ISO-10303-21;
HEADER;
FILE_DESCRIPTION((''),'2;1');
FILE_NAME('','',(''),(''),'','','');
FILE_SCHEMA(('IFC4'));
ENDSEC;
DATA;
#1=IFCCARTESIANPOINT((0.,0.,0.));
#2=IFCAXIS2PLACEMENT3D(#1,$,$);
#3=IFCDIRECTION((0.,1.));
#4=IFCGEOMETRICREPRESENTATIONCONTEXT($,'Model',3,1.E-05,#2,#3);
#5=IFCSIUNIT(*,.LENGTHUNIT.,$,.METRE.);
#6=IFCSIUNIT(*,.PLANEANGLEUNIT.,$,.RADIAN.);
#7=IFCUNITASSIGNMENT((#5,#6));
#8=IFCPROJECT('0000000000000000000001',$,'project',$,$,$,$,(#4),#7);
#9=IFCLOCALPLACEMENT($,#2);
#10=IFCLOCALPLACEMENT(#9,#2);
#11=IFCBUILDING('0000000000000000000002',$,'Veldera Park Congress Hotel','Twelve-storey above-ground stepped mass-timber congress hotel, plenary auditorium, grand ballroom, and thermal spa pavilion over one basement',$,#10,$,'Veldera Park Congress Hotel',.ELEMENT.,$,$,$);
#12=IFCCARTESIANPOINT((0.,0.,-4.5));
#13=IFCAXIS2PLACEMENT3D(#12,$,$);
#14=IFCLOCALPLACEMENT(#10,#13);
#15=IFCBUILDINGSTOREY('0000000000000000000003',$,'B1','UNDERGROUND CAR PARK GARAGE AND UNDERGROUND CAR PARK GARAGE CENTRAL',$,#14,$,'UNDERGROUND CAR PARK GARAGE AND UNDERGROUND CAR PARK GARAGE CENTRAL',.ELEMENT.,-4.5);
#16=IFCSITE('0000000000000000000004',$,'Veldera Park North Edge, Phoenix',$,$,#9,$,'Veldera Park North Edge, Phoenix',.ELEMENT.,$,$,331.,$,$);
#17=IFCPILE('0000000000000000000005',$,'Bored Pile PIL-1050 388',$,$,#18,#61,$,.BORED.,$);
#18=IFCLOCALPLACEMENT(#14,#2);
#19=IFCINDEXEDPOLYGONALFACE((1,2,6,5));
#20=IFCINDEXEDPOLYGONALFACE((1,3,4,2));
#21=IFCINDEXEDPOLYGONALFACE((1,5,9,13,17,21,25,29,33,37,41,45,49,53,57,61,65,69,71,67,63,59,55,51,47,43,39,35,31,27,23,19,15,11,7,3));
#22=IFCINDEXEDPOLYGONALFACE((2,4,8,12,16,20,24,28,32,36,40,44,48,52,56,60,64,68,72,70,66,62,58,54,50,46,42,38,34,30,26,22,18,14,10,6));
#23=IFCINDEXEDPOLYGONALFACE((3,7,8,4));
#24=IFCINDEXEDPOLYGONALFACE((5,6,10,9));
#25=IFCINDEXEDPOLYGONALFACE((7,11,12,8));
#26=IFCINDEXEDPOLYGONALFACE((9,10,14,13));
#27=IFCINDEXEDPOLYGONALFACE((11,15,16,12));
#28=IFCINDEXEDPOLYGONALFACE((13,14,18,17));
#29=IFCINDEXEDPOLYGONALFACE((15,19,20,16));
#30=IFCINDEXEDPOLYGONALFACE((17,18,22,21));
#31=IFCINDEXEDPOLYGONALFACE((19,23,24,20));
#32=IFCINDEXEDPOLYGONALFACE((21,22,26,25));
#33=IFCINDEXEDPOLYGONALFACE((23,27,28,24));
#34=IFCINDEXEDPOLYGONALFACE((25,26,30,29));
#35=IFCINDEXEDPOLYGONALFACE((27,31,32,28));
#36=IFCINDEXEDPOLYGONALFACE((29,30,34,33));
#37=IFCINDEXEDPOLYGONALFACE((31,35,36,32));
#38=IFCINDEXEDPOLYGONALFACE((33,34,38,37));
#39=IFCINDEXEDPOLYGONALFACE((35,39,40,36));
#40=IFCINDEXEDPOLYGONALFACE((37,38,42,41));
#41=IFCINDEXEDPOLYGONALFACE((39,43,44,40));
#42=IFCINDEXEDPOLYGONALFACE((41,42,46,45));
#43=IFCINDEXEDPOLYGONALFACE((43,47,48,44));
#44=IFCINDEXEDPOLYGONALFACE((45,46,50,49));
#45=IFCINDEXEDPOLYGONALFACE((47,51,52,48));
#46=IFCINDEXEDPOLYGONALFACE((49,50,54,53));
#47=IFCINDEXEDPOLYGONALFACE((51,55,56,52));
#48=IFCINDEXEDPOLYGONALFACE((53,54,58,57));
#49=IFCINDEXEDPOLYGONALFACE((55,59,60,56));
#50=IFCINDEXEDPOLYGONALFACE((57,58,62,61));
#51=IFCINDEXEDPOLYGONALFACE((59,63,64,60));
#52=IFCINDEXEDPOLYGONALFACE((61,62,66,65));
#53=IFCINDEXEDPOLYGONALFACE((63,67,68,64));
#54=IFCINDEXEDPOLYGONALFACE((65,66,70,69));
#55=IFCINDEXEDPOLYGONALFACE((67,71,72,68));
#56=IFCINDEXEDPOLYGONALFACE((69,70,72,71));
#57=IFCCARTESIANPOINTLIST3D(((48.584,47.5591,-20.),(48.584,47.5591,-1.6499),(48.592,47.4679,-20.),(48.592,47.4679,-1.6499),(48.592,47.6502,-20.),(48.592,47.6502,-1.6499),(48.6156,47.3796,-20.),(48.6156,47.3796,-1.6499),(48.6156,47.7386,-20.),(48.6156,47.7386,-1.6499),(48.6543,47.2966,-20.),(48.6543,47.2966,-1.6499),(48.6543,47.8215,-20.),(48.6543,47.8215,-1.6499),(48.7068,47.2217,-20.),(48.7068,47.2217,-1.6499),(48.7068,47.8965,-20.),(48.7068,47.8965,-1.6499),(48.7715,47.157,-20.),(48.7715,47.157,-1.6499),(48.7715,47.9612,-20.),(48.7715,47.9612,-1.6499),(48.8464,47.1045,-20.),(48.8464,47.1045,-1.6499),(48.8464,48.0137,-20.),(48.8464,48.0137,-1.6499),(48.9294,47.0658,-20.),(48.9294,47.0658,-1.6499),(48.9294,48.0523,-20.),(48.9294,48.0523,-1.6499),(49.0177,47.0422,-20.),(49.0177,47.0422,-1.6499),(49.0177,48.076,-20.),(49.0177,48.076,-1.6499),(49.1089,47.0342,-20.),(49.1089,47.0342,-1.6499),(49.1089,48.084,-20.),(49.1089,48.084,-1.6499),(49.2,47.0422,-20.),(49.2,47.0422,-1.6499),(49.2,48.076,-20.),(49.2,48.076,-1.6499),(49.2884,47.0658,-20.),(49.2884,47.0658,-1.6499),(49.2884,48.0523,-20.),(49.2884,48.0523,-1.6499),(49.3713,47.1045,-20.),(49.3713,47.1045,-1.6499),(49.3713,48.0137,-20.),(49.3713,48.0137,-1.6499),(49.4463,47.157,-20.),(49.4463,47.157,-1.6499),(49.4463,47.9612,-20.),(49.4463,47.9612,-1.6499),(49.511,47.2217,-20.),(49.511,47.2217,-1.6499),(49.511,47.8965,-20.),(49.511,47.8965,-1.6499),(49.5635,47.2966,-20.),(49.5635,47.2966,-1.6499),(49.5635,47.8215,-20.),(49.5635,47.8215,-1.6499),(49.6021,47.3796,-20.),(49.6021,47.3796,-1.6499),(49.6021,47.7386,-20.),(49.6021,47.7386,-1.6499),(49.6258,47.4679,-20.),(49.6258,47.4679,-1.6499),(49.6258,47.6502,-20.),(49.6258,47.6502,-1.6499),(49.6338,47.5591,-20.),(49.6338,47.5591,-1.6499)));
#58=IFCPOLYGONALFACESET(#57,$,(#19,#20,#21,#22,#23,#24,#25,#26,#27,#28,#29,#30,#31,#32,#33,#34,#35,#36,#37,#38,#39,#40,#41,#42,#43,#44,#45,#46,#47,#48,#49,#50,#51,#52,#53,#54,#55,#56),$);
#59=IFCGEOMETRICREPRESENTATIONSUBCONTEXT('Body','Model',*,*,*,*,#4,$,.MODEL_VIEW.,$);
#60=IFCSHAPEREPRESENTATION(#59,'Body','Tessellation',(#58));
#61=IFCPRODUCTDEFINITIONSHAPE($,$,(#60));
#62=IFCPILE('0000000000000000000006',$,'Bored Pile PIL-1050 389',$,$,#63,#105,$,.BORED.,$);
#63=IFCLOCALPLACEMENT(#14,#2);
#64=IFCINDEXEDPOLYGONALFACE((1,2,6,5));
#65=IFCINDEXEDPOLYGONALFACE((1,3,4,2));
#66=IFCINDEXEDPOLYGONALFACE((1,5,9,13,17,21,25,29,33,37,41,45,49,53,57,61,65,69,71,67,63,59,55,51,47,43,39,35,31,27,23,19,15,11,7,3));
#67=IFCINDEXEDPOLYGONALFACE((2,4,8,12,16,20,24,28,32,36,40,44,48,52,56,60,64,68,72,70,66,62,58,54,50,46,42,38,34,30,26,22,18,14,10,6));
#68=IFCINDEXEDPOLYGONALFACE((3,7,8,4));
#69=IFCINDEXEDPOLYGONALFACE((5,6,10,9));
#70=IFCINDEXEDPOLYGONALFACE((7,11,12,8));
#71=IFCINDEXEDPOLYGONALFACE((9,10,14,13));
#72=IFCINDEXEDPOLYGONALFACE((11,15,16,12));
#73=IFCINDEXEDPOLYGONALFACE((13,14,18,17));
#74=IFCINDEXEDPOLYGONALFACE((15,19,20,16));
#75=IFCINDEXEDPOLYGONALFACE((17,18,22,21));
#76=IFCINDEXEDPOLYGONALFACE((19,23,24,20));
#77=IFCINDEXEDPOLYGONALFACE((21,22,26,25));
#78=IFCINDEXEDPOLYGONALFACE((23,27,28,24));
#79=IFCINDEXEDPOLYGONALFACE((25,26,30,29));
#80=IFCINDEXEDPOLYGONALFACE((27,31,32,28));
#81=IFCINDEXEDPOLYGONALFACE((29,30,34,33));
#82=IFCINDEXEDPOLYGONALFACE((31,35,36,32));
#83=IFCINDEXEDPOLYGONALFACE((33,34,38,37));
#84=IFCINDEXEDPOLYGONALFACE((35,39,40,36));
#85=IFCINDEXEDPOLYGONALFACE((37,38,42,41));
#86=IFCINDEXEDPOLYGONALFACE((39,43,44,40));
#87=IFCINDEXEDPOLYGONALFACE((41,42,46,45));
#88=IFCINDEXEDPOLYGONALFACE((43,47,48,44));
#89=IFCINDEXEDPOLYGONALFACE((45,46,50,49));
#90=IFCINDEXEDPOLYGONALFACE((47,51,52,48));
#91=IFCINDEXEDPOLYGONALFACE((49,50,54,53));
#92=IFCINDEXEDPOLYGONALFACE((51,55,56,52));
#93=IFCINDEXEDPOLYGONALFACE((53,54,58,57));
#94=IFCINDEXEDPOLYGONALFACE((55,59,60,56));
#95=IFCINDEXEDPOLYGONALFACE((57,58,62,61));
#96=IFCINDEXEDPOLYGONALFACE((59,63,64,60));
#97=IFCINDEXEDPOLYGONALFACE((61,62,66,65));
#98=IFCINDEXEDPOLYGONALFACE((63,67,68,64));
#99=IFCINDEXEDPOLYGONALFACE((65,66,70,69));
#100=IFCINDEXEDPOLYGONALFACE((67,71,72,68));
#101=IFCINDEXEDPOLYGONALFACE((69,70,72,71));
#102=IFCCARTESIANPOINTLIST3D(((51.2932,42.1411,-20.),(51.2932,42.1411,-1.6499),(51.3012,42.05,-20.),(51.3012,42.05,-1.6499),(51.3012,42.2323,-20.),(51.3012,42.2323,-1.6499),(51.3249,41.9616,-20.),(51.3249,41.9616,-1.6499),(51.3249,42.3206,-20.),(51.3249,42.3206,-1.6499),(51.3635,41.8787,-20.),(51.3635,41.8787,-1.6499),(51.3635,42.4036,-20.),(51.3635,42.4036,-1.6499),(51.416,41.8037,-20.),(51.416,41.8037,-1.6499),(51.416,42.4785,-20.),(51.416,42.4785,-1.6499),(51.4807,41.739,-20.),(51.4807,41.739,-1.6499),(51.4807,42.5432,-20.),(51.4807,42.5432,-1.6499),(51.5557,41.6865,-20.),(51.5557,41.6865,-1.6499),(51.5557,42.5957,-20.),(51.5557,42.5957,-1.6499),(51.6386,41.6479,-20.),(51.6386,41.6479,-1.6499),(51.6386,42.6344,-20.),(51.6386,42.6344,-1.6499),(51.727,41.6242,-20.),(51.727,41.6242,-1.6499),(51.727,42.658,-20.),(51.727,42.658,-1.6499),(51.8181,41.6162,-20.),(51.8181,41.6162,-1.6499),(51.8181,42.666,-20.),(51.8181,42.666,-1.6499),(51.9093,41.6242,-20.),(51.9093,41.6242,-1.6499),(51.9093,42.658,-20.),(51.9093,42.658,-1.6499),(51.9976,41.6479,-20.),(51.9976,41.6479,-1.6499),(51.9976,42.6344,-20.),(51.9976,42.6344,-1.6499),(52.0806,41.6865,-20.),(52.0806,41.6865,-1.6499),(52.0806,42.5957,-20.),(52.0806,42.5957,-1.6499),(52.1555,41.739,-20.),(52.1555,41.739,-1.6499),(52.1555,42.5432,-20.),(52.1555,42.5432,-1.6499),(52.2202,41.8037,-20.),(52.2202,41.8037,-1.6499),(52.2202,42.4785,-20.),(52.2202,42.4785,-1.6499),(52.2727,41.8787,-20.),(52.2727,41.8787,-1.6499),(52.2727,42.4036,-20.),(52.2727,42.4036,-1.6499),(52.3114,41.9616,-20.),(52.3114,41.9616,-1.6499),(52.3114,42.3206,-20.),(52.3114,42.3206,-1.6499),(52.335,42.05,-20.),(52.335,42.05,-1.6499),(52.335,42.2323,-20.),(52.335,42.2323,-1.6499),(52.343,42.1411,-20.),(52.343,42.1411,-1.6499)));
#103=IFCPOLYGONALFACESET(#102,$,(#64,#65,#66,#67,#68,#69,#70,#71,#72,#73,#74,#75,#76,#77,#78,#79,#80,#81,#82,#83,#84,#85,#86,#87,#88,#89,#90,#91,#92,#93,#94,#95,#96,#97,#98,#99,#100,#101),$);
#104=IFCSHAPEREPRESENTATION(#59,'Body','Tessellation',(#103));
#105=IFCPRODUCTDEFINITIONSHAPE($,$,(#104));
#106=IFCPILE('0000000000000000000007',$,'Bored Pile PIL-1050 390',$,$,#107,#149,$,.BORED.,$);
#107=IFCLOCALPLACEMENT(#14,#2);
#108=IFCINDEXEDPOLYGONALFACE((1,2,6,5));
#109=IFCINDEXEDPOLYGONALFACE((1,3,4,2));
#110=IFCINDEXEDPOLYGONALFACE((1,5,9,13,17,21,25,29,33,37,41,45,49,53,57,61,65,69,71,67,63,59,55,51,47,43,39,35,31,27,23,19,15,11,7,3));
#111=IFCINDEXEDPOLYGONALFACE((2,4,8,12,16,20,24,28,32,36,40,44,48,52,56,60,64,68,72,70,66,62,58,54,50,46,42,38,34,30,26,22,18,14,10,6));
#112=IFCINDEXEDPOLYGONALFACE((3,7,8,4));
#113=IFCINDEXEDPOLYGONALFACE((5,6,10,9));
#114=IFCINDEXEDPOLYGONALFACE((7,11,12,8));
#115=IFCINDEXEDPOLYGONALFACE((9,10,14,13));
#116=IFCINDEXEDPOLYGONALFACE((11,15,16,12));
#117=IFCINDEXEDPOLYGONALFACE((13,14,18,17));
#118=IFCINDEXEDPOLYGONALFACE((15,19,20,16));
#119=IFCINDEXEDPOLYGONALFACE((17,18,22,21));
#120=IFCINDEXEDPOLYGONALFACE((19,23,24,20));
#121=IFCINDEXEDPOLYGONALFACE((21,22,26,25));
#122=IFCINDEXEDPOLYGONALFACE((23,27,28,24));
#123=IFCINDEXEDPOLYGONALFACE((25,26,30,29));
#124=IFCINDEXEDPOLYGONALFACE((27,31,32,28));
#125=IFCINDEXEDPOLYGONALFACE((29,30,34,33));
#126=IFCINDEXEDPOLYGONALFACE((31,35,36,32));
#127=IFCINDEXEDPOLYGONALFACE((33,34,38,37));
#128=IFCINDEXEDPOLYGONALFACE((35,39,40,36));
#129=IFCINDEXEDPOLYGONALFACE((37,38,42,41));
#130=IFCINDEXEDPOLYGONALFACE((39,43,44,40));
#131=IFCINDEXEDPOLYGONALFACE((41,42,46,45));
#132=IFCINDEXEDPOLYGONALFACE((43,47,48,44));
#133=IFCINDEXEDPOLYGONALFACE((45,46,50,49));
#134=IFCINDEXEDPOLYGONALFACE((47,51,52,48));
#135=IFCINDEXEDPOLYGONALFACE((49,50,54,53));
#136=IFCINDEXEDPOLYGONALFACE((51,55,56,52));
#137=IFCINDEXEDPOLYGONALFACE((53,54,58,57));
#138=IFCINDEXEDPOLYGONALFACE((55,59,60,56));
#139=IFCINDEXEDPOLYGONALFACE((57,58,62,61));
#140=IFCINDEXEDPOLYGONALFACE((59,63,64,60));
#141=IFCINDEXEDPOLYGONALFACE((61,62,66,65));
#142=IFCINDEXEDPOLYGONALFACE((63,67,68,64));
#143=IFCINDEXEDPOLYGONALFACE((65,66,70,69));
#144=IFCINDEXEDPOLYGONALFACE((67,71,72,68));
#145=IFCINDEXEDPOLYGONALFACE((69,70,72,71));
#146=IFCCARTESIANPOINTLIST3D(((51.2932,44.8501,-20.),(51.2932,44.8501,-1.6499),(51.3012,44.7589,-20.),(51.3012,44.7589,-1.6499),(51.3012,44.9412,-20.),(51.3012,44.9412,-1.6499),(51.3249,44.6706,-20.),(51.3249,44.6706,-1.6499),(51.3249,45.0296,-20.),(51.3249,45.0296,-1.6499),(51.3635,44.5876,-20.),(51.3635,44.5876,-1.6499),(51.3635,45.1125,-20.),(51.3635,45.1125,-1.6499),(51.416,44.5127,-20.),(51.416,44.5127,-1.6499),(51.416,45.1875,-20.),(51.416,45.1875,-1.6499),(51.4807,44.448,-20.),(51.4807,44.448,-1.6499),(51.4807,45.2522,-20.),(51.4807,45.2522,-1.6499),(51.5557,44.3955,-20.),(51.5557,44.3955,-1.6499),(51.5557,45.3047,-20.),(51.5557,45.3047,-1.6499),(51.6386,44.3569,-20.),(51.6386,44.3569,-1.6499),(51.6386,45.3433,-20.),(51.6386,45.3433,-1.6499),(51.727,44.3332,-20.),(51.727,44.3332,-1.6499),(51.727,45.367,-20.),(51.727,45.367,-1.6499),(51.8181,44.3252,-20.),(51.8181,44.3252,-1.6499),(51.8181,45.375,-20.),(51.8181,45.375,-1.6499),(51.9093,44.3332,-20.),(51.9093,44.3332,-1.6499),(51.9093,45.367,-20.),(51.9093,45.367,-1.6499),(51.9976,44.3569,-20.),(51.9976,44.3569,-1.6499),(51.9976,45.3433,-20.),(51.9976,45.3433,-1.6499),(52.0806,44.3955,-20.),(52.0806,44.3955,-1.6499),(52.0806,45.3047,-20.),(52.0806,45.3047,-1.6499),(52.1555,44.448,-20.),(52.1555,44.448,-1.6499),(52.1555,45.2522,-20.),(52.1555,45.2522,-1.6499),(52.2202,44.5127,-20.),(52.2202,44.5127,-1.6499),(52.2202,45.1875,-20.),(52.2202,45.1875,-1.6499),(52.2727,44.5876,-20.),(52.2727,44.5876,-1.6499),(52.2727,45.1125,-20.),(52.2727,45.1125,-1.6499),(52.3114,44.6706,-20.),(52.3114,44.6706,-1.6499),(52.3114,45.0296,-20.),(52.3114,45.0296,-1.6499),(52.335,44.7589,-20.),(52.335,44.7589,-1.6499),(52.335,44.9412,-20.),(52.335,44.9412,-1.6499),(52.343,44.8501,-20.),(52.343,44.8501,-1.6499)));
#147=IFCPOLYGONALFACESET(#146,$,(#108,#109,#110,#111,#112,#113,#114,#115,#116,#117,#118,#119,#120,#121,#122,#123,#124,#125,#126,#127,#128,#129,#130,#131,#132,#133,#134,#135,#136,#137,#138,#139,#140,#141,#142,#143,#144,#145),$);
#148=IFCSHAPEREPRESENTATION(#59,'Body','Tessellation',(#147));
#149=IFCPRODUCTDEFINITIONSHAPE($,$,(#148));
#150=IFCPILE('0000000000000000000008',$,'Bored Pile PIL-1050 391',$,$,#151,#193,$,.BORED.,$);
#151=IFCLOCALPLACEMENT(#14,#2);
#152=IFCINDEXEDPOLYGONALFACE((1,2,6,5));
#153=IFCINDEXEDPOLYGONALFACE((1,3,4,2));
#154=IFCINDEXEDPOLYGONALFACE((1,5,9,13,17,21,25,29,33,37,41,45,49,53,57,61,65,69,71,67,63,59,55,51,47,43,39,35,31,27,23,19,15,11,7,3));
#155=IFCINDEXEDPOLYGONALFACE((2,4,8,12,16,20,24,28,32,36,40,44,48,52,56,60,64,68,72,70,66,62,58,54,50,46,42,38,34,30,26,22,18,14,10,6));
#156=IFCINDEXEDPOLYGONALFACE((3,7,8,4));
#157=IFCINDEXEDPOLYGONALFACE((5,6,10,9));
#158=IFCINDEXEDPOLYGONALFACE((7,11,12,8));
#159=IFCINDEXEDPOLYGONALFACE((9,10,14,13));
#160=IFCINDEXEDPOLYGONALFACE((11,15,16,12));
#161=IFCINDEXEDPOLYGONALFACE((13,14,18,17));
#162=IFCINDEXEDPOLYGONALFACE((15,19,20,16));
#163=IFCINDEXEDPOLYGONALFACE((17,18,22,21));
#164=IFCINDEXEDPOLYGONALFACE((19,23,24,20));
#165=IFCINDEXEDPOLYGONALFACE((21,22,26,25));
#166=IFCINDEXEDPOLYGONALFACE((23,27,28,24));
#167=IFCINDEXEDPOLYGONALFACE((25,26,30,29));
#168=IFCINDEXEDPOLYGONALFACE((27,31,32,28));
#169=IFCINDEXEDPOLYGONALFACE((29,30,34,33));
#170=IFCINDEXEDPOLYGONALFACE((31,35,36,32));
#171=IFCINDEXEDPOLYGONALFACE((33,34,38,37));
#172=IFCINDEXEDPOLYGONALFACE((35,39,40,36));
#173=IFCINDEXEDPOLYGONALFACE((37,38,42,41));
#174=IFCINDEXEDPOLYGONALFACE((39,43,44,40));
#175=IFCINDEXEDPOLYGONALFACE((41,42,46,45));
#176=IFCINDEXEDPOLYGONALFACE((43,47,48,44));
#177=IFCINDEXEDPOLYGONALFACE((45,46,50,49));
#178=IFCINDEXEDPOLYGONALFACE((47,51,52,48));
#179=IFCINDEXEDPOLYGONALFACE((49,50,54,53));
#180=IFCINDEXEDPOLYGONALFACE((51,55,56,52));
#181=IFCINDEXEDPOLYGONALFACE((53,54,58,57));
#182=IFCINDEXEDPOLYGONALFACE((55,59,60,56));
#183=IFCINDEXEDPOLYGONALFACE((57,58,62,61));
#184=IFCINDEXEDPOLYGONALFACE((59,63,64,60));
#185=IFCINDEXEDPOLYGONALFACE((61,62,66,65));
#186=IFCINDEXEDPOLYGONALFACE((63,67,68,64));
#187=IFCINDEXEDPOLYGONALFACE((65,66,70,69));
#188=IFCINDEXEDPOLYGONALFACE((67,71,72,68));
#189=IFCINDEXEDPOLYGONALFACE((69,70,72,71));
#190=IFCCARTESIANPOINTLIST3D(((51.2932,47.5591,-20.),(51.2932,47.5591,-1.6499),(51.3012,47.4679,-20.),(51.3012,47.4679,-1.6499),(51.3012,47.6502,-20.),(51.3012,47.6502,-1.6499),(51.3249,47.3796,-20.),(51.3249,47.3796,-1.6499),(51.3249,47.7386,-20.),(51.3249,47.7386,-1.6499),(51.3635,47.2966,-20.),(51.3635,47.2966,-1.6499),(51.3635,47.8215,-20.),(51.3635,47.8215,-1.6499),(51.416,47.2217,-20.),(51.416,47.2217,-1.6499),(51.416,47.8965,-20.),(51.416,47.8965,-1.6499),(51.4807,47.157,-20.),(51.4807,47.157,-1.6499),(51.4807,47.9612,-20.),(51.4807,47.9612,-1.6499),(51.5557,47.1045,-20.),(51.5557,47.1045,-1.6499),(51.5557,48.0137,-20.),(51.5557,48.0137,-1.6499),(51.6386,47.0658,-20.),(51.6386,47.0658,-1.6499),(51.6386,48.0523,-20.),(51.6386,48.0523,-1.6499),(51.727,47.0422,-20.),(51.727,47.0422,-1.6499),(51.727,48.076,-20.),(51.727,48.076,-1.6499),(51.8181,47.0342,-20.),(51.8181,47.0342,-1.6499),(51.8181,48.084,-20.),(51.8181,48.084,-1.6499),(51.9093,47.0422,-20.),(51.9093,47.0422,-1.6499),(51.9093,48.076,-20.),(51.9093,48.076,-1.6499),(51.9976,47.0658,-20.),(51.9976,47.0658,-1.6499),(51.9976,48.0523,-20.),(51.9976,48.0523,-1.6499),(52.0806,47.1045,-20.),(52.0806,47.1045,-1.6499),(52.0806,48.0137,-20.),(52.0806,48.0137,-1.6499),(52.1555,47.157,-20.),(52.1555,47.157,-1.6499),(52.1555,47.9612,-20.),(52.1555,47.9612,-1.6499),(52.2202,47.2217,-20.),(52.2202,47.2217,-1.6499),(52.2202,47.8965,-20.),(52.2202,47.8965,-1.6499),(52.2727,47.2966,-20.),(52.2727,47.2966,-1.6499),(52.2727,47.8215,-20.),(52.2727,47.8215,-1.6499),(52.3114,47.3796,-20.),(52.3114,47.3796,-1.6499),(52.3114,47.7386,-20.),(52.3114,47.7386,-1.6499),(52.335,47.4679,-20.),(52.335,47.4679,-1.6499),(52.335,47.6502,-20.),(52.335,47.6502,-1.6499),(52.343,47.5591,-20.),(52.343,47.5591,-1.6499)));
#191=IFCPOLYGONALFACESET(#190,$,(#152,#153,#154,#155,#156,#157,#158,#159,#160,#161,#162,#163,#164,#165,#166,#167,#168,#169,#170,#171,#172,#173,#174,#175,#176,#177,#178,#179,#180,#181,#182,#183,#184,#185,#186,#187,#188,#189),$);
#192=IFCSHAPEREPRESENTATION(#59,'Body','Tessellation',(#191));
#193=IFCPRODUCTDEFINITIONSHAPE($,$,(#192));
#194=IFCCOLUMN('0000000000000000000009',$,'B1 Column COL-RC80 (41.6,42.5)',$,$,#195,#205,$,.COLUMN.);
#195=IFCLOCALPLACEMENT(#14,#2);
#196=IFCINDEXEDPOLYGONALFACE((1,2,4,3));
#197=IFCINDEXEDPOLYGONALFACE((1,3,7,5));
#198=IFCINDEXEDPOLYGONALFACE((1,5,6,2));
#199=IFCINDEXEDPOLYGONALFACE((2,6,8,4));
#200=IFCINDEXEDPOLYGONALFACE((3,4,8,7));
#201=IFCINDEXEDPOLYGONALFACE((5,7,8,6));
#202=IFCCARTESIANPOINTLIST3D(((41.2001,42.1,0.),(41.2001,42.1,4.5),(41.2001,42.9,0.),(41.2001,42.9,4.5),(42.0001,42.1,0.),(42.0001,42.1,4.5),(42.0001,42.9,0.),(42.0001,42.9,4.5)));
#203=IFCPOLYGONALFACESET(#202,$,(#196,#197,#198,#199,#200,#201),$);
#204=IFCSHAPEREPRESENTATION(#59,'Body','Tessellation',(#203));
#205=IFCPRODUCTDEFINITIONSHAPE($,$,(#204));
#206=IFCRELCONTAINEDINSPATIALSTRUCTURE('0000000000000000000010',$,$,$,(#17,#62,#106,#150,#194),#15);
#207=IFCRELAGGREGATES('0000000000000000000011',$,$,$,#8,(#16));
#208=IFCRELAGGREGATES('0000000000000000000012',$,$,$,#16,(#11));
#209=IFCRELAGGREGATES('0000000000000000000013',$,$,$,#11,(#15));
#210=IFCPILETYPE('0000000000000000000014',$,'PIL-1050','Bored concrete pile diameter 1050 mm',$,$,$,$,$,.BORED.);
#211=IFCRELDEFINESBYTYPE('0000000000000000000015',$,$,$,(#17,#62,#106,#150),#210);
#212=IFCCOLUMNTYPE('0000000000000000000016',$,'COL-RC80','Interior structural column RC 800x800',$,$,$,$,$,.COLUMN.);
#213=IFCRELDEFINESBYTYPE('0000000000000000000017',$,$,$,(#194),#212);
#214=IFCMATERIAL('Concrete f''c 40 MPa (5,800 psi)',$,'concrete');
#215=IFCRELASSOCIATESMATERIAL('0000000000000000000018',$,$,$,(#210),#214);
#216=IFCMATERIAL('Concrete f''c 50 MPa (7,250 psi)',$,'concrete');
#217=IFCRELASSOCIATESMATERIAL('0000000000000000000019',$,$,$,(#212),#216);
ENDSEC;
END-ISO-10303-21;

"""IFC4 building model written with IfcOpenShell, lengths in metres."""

from ifc_helpers import new_model, si_unit, direction, frame, origin, origin_2d, place, context, subcontext, project, spatial, rectangle, circle, extrude, material, material_profile, profile_set, type_object, element, save


model = new_model("IFC4")

# Units and contexts
model_context = context("Model", 3, precision=1e-05, world=origin(), true_north=direction((0.0, 1.0)))
body_context = subcontext(model_context, "Body", "Model", "MODEL_VIEW")
ifc_project = project(units=[si_unit("LENGTHUNIT", "METRE"), si_unit("PLANEANGLEUNIT", "RADIAN")], contexts=[model_context])

# Site, building, storey
site_placement = place(None, origin())
site = spatial("IfcSite", under=ifc_project, at=site_placement, Name="Veldera Park North Edge, Phoenix", LongName="Veldera Park North Edge, Phoenix", CompositionType="ELEMENT", RefElevation=331.0)
building_placement = place(site_placement, origin())
building = spatial("IfcBuilding", under=site, at=building_placement, Name="Veldera Park Congress Hotel", Description="Twelve-storey above-ground stepped mass-timber congress hotel, plenary auditorium, grand ballroom, and thermal spa pavilion over one basement", LongName="Veldera Park Congress Hotel", CompositionType="ELEMENT")
storey_placement = place(building_placement, frame((0.0, 0.0, -4.5)))
storey = spatial("IfcBuildingStorey", under=building, at=storey_placement, Name="B1", Description="UNDERGROUND CAR PARK GARAGE AND UNDERGROUND CAR PARK GARAGE CENTRAL", LongName="UNDERGROUND CAR PARK GARAGE AND UNDERGROUND CAR PARK GARAGE CENTRAL", CompositionType="ELEMENT", Elevation=-4.5)

# Shared definitions
ifc_material_1 = material(Name="Concrete f'c 40 MPa (5,800 psi)", Category="concrete")

# Piles
ifc_material_profile_1 = material_profile(ifc_material_1, circle(Radius=0.5249, at=origin_2d()), Name="PILE D1050")
ifc_profile_set_1 = profile_set([ifc_material_profile_1], Name="Concrete f'c 40 MPa (5,800 psi)")
pile_type = type_object("IfcPileType", Name="PIL-1050", Description="Bored concrete pile diameter 1050 mm", PredefinedType="BORED", material=ifc_profile_set_1)
for number, where, z_axis, x_axis, name in (
    (1, (49.1089, 47.5591, -1.6499), (0.0, 0.0, -1.0), (1.0, 0.0, 0.0), "Bored Pile PIL-1050 388"),
    (2, (51.8181, 42.1411, -1.6499), (0.0, 0.0, -1.0), (1.0, 0.0, 0.0), "Bored Pile PIL-1050 389"),
    (3, (51.8181, 44.8501, -1.6499), (0.0, 0.0, -1.0), (1.0, 0.0, 0.0), "Bored Pile PIL-1050 390"),
    (4, (51.8181, 47.5591, -1.6499), (0.0, 0.0, -1.0), (1.0, 0.0, 0.0), "Bored Pile PIL-1050 391"),
):
    element("IfcPile", number, at=place(storey_placement, frame(where, z_axis=z_axis, x_axis=x_axis)), inside=storey, type_object=pile_type, Name=name, PredefinedType="BORED", context=body_context, shape_type="SweptSolid", body=[
        extrude(circle(Radius=0.5249, at=origin_2d()), origin(), (0.0, 0.0, 1.0), 18.3501),
    ])

# Column
ifc_material_2 = material(Name="Concrete f'c 50 MPa (7,250 psi)", Category="concrete")
ifc_material_profile_2 = material_profile(ifc_material_2, rectangle(XDim=0.8, YDim=0.8, at=origin_2d()), Name="RC 800x800")
ifc_profile_set_2 = profile_set([ifc_material_profile_2], Name="Concrete f'c 50 MPa (7,250 psi)")
column_type = type_object("IfcColumnType", Name="COL-RC80", Description="Interior structural column RC 800x800", PredefinedType="COLUMN", material=ifc_profile_set_2)
for number, where, z_axis, x_axis, name in (
    (5, (41.6001, 42.5, 0.0), (0.0, 0.0, 1.0), (1.0, 0.0, 0.0), "B1 Column COL-RC80 (41.6,42.5)"),
):
    element("IfcColumn", number, at=place(storey_placement, frame(where, z_axis=z_axis, x_axis=x_axis)), inside=storey, type_object=column_type, Name=name, PredefinedType="COLUMN", context=body_context, shape_type="SweptSolid", body=[
        extrude(rectangle(XDim=0.8, YDim=0.8, at=origin_2d()), origin(), (0.0, 0.0, 1.0), 4.5),
    ])

save(model, "model.ifc")
